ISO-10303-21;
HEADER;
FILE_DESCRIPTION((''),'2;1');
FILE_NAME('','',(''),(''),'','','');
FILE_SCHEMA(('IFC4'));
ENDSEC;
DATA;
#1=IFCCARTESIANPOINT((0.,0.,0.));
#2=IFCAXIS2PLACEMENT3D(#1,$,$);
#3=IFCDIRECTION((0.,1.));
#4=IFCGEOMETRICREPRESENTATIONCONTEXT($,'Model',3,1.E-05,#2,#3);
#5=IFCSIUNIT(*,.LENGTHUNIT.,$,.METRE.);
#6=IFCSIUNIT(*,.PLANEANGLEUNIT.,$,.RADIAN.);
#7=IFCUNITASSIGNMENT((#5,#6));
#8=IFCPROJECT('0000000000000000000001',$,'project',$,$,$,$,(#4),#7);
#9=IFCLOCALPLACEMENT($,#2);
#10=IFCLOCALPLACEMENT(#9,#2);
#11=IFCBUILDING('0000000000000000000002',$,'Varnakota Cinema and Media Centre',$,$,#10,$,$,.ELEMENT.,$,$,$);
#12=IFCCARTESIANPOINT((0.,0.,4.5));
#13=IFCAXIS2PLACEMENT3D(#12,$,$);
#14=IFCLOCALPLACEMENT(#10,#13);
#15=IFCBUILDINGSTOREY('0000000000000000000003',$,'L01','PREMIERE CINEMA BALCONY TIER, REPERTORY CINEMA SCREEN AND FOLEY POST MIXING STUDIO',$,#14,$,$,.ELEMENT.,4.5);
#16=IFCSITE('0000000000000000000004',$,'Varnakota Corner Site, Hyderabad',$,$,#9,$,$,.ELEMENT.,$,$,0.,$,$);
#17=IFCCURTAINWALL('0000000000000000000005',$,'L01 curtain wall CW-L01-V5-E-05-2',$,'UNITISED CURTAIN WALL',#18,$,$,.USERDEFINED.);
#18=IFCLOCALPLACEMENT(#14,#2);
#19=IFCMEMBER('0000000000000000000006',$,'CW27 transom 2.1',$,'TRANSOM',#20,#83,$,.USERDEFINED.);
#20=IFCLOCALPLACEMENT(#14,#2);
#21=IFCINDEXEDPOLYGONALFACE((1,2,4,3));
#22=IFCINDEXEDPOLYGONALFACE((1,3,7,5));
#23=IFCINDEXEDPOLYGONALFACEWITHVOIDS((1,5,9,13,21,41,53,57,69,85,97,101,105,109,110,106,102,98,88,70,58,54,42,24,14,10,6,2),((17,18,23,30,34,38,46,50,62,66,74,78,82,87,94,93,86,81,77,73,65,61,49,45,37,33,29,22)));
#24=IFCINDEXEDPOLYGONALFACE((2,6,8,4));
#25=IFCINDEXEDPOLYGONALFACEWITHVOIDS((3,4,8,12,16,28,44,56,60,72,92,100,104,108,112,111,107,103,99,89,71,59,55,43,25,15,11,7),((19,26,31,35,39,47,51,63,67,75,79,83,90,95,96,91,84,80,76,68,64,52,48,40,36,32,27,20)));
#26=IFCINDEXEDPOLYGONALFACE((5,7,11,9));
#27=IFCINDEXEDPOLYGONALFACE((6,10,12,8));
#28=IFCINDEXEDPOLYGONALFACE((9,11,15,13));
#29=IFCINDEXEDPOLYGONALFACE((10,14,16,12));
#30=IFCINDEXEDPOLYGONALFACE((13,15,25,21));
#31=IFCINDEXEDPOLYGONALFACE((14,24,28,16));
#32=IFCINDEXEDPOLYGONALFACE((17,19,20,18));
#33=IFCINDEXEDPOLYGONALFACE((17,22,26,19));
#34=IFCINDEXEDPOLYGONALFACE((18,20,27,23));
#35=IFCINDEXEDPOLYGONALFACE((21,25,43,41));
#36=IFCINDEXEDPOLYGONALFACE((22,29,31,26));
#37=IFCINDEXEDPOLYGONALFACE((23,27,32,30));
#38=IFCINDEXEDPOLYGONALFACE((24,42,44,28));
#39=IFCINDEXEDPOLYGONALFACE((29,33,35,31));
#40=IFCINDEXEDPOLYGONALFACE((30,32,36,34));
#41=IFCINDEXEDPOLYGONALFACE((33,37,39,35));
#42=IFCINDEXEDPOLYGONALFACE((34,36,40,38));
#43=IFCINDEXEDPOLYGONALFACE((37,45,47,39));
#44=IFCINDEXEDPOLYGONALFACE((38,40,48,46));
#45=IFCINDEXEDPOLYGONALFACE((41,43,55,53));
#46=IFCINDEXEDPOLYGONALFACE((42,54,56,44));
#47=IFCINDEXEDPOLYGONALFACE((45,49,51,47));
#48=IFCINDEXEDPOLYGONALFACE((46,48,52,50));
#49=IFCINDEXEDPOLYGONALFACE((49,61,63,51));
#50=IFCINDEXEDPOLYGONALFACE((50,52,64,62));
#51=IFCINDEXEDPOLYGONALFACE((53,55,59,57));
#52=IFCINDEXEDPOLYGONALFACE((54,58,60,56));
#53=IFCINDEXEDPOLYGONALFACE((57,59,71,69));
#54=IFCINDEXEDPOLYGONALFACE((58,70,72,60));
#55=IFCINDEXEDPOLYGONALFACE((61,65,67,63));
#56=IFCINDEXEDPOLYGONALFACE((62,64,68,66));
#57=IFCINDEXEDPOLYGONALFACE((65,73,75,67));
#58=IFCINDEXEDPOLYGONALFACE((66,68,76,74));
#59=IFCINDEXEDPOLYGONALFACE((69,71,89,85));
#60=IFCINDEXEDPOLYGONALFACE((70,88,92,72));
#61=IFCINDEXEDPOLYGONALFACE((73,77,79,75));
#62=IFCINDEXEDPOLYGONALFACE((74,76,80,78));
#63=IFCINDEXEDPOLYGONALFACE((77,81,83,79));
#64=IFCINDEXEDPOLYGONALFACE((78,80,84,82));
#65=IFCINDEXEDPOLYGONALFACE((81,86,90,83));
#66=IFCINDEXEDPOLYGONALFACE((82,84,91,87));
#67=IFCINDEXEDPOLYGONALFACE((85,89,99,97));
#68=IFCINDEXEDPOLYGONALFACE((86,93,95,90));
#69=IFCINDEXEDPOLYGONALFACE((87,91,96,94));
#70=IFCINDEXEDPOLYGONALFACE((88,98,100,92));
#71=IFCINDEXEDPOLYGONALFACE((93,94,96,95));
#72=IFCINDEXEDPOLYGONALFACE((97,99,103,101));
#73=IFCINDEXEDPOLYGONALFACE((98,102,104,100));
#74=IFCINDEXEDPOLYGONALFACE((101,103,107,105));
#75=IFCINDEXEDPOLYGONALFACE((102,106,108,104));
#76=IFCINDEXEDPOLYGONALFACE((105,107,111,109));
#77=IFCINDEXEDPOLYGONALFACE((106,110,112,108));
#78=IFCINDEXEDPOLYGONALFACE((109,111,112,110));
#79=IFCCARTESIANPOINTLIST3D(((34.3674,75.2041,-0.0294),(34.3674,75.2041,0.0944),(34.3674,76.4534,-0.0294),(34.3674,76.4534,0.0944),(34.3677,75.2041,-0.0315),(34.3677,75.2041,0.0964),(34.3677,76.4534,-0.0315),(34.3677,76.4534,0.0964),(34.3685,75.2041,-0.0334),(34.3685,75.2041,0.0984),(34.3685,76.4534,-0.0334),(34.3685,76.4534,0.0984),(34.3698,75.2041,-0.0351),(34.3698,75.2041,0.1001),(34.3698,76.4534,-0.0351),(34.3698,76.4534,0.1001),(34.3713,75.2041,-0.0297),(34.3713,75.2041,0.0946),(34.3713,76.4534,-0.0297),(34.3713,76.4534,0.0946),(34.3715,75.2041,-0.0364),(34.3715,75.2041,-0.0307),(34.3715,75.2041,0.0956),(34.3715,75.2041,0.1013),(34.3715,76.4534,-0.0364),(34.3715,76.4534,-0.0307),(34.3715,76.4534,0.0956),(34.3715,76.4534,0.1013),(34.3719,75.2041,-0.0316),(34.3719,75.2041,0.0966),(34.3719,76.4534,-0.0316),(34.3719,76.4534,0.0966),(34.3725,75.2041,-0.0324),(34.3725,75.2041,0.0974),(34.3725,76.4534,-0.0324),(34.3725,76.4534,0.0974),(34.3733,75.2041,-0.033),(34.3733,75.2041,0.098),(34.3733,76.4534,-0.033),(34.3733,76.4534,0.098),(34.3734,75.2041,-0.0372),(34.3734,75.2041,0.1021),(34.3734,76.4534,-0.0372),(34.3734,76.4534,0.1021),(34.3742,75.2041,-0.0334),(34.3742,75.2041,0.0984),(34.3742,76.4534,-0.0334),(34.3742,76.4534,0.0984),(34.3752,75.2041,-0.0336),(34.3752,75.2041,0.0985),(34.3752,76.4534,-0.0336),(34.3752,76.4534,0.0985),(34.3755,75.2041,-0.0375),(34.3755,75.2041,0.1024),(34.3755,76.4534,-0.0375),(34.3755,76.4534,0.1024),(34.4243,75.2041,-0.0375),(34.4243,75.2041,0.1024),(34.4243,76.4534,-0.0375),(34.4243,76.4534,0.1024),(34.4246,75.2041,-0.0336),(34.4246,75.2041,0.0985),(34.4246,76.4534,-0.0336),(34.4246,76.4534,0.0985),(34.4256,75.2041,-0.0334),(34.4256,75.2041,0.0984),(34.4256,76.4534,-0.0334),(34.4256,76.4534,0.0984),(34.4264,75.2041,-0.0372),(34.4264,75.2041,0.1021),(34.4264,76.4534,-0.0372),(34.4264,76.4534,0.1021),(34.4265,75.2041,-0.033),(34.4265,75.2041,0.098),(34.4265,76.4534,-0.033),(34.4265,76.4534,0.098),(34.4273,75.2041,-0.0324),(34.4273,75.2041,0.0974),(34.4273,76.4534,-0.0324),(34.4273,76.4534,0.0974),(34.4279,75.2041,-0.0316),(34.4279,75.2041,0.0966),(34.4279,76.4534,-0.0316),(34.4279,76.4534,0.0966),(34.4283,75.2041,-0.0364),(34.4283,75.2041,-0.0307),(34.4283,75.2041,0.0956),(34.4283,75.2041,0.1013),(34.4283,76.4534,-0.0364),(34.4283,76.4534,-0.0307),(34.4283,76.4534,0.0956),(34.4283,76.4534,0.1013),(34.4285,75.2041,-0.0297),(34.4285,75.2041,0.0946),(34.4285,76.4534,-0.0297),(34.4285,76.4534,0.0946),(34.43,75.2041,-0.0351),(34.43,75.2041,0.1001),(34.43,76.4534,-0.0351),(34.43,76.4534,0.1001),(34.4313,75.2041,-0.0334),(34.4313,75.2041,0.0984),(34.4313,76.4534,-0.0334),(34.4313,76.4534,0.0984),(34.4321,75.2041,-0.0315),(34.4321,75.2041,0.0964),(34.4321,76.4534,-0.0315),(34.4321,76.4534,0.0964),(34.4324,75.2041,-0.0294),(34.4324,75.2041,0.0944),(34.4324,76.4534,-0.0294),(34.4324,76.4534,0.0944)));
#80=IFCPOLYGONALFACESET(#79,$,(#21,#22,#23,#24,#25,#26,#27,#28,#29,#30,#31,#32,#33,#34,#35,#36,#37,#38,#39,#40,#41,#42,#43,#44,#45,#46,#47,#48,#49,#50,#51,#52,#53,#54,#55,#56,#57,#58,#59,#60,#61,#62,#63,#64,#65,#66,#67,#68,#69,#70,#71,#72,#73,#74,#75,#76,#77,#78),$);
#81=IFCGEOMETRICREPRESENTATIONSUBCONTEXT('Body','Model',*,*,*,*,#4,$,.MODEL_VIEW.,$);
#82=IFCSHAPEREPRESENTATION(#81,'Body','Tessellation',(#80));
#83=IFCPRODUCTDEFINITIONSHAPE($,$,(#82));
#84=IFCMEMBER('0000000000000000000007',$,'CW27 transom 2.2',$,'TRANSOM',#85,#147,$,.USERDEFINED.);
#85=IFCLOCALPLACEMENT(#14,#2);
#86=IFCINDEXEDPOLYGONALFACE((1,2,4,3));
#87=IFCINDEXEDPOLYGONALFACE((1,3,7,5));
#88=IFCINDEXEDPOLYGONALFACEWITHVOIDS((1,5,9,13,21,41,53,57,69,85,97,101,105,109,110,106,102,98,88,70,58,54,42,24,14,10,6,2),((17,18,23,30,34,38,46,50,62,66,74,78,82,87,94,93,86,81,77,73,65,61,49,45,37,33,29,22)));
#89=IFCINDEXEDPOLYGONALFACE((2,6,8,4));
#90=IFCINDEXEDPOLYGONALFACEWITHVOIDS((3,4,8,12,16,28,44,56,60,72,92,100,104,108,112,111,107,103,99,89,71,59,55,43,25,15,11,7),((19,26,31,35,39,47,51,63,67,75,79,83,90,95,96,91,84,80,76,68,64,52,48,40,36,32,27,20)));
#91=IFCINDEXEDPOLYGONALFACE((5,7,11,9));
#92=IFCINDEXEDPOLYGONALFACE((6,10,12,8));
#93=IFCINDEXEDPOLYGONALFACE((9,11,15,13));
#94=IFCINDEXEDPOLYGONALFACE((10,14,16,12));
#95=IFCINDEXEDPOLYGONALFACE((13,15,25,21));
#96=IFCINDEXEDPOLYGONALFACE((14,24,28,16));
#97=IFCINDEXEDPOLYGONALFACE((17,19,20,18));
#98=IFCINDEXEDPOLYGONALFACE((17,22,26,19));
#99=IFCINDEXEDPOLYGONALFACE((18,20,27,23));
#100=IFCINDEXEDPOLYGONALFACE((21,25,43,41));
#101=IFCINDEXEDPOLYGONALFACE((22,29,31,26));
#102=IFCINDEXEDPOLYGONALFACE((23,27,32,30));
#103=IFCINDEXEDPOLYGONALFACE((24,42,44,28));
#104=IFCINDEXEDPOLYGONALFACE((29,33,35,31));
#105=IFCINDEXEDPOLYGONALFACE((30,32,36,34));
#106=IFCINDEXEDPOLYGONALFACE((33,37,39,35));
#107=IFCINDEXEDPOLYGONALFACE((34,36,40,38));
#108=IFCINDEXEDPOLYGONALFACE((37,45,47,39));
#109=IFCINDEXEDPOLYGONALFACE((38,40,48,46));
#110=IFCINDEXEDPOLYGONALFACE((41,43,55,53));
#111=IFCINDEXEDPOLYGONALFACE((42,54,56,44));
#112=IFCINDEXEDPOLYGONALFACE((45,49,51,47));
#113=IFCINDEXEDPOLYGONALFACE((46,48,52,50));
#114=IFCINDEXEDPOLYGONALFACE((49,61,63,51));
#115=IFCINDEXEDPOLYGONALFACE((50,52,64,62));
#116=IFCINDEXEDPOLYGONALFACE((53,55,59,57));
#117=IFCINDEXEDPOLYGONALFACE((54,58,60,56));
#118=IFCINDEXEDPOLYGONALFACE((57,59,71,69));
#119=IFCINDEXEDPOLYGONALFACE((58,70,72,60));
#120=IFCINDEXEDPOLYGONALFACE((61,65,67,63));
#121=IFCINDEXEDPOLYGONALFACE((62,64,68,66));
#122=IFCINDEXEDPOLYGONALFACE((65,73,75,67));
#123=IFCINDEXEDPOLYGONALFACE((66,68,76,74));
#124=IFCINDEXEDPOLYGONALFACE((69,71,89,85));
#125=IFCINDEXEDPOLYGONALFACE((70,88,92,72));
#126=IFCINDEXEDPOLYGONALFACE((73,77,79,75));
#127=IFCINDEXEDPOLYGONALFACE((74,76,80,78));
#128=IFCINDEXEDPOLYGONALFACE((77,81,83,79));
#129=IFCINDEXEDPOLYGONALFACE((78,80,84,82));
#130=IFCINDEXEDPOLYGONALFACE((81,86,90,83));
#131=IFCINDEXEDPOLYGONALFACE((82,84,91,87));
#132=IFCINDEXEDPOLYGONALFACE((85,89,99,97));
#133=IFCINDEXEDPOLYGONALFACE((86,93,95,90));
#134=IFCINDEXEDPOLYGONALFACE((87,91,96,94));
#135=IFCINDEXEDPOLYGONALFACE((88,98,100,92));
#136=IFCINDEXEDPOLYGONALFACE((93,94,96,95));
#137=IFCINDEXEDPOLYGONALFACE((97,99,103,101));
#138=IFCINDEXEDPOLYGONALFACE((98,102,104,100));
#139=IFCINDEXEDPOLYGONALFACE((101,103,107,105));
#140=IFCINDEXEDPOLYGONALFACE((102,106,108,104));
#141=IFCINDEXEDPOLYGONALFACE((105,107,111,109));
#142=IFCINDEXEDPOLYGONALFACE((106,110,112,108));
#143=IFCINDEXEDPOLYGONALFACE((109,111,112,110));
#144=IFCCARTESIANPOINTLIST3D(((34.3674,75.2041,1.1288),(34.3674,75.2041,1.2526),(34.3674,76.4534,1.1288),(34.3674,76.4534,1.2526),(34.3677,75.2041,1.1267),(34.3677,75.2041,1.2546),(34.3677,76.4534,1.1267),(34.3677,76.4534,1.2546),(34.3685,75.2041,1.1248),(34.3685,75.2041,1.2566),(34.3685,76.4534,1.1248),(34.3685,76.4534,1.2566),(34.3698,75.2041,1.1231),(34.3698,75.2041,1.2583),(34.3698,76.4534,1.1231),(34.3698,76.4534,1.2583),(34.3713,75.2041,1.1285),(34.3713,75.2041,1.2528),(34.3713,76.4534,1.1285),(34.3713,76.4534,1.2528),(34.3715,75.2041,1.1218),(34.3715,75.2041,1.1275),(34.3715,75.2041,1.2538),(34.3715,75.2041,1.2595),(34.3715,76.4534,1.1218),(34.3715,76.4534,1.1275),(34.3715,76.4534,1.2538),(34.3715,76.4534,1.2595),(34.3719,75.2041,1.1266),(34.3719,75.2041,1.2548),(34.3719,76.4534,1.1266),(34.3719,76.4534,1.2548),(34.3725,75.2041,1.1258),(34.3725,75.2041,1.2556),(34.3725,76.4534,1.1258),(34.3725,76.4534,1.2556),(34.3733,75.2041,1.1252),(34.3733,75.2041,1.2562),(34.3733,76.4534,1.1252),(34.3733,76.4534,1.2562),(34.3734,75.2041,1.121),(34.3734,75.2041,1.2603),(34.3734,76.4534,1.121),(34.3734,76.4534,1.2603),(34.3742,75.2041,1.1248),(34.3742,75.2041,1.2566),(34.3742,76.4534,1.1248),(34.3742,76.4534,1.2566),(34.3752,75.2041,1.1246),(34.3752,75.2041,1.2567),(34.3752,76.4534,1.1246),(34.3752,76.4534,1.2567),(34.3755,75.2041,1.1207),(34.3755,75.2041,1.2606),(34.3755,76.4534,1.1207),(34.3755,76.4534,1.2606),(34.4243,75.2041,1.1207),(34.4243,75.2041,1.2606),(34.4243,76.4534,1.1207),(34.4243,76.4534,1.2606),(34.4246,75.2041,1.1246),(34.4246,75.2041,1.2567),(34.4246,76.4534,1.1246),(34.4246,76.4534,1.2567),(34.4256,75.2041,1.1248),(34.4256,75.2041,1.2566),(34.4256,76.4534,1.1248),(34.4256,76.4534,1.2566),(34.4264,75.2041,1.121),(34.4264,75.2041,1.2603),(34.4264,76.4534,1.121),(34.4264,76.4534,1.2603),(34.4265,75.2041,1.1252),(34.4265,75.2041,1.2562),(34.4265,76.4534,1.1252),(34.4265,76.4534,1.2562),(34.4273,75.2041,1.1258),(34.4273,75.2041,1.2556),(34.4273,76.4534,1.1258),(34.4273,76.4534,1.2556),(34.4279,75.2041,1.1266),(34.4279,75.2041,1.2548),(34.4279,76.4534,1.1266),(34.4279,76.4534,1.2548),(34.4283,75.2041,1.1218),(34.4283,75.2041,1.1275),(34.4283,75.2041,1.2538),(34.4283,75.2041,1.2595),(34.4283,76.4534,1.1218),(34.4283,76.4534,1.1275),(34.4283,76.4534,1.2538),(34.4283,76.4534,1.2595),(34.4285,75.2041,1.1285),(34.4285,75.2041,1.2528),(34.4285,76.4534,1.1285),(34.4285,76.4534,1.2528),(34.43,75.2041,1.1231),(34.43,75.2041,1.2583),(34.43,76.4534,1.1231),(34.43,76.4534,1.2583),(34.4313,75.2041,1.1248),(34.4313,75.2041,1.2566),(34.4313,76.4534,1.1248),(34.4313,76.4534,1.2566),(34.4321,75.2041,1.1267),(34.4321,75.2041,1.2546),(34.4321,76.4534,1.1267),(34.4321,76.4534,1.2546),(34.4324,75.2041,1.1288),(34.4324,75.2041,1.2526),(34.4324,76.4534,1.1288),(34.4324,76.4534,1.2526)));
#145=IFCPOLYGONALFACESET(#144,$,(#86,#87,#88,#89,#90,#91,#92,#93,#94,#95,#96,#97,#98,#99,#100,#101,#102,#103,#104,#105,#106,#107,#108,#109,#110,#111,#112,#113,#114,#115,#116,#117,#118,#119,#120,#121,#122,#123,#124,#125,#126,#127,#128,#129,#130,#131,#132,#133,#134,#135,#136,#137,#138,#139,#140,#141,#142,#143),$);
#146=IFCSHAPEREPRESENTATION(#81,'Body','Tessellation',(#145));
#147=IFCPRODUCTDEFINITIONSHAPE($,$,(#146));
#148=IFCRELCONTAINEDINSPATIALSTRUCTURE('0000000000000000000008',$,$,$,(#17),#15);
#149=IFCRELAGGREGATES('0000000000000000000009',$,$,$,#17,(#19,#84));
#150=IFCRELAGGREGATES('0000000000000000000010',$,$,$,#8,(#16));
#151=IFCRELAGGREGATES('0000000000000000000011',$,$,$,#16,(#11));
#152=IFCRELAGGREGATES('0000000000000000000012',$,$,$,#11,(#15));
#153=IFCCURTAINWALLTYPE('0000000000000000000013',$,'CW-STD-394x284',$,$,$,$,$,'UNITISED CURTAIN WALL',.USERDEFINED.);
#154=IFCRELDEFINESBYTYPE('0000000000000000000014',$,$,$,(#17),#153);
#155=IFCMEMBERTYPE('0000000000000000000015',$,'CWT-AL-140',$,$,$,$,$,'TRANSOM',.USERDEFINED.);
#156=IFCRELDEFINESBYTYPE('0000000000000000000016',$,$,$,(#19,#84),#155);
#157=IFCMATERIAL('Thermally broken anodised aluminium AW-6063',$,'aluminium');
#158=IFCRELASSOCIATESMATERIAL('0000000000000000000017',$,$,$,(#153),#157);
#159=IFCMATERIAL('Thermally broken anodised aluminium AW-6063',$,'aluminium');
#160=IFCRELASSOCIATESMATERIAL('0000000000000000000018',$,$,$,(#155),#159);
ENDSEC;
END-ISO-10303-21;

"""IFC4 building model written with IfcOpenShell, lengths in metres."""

from ifc_helpers import new_model, si_unit, direction, frame, origin, origin_2d, place, context, subcontext, project, spatial, hollow_rectangle, extrude, material, material_profile, profile_set, type_object, element, aggregate, save


model = new_model("IFC4")

# Units and contexts
model_context = context("Model", 3, precision=1e-05, world=origin(), true_north=direction((0.0, 1.0)))
body_context = subcontext(model_context, "Body", "Model", "MODEL_VIEW")
ifc_project = project(units=[si_unit("LENGTHUNIT", "METRE"), si_unit("PLANEANGLEUNIT", "RADIAN")], contexts=[model_context])

# Site, building, storey
site_placement = place(None, origin())
site = spatial("IfcSite", under=ifc_project, at=site_placement, Name="Varnakota Corner Site, Hyderabad", CompositionType="ELEMENT", RefElevation=0.0)
building_placement = place(site_placement, origin())
building = spatial("IfcBuilding", under=site, at=building_placement, Name="Varnakota Cinema and Media Centre", CompositionType="ELEMENT")
storey_placement = place(building_placement, frame((0.0, 0.0, 4.5)))
storey = spatial("IfcBuildingStorey", under=building, at=storey_placement, Name="L01", Description="PREMIERE CINEMA BALCONY TIER, REPERTORY CINEMA SCREEN AND FOLEY POST MIXING STUDIO", CompositionType="ELEMENT", Elevation=4.5)

# Shared definitions
ifc_material_1 = material(Name="Thermally broken anodised aluminium AW-6063", Category="aluminium")
curtain_wall_type = type_object("IfcCurtainWallType", Name="CW-STD-394x284", ElementType="UNITISED CURTAIN WALL", PredefinedType="USERDEFINED", material=ifc_material_1)

# Curtain wall, members
curtain_wall_1_placement = place(storey_placement, origin())
curtain_wall_1 = element("IfcCurtainWall", 1, at=curtain_wall_1_placement, inside=storey, type_object=curtain_wall_type, Name="L01 curtain wall CW-L01-V5-E-05-2", ObjectType="UNITISED CURTAIN WALL", PredefinedType="USERDEFINED")
ifc_material_2 = material(Name="Thermally broken anodised aluminium AW-6063", Category="aluminium")
ifc_material_profile_1 = material_profile(ifc_material_2, hollow_rectangle(XDim=0.0649, YDim=0.1399, WallThickness=0.0039, InnerFilletRadius=0.0039, OuterFilletRadius=0.0081, at=origin_2d()), Name="AL-TRANSOM 140x65x4")
ifc_profile_set_1 = profile_set([ifc_material_profile_1], Name="Thermally broken anodised aluminium AW-6063")
member_type_1 = type_object("IfcMemberType", Name="CWT-AL-140", ElementType="TRANSOM", PredefinedType="USERDEFINED", material=ifc_profile_set_1)
member_1_placement = place(storey_placement, frame((34.3999, 75.2041, 0.0325), z_axis=(0.0, 1.0, 0.0), x_axis=(-1.0, 0.0, 0.0)))
member_1 = element("IfcMember", 2, at=member_1_placement, type_object=member_type_1, Name="CW27 transom 2.1", ObjectType="TRANSOM", PredefinedType="USERDEFINED", context=body_context, shape_type="SweptSolid", body=[
    extrude(hollow_rectangle(XDim=0.0649, YDim=0.1399, WallThickness=0.0039, InnerFilletRadius=0.0039, OuterFilletRadius=0.0081, at=origin_2d()), origin(), (0.0, 0.0, 1.0), 1.2493),
])
member_2_placement = place(storey_placement, frame((34.3999, 75.2041, 1.1907), z_axis=(0.0, 1.0, 0.0), x_axis=(-1.0, 0.0, 0.0)))
member_2 = element("IfcMember", 3, at=member_2_placement, type_object=member_type_1, Name="CW27 transom 2.2", ObjectType="TRANSOM", PredefinedType="USERDEFINED", context=body_context, shape_type="SweptSolid", body=[
    extrude(hollow_rectangle(XDim=0.0649, YDim=0.1399, WallThickness=0.0039, InnerFilletRadius=0.0039, OuterFilletRadius=0.0081, at=origin_2d()), origin(), (0.0, 0.0, 1.0), 1.2493),
])

aggregate(curtain_wall_1, [member_1, member_2])

save(model, "model.ifc")
